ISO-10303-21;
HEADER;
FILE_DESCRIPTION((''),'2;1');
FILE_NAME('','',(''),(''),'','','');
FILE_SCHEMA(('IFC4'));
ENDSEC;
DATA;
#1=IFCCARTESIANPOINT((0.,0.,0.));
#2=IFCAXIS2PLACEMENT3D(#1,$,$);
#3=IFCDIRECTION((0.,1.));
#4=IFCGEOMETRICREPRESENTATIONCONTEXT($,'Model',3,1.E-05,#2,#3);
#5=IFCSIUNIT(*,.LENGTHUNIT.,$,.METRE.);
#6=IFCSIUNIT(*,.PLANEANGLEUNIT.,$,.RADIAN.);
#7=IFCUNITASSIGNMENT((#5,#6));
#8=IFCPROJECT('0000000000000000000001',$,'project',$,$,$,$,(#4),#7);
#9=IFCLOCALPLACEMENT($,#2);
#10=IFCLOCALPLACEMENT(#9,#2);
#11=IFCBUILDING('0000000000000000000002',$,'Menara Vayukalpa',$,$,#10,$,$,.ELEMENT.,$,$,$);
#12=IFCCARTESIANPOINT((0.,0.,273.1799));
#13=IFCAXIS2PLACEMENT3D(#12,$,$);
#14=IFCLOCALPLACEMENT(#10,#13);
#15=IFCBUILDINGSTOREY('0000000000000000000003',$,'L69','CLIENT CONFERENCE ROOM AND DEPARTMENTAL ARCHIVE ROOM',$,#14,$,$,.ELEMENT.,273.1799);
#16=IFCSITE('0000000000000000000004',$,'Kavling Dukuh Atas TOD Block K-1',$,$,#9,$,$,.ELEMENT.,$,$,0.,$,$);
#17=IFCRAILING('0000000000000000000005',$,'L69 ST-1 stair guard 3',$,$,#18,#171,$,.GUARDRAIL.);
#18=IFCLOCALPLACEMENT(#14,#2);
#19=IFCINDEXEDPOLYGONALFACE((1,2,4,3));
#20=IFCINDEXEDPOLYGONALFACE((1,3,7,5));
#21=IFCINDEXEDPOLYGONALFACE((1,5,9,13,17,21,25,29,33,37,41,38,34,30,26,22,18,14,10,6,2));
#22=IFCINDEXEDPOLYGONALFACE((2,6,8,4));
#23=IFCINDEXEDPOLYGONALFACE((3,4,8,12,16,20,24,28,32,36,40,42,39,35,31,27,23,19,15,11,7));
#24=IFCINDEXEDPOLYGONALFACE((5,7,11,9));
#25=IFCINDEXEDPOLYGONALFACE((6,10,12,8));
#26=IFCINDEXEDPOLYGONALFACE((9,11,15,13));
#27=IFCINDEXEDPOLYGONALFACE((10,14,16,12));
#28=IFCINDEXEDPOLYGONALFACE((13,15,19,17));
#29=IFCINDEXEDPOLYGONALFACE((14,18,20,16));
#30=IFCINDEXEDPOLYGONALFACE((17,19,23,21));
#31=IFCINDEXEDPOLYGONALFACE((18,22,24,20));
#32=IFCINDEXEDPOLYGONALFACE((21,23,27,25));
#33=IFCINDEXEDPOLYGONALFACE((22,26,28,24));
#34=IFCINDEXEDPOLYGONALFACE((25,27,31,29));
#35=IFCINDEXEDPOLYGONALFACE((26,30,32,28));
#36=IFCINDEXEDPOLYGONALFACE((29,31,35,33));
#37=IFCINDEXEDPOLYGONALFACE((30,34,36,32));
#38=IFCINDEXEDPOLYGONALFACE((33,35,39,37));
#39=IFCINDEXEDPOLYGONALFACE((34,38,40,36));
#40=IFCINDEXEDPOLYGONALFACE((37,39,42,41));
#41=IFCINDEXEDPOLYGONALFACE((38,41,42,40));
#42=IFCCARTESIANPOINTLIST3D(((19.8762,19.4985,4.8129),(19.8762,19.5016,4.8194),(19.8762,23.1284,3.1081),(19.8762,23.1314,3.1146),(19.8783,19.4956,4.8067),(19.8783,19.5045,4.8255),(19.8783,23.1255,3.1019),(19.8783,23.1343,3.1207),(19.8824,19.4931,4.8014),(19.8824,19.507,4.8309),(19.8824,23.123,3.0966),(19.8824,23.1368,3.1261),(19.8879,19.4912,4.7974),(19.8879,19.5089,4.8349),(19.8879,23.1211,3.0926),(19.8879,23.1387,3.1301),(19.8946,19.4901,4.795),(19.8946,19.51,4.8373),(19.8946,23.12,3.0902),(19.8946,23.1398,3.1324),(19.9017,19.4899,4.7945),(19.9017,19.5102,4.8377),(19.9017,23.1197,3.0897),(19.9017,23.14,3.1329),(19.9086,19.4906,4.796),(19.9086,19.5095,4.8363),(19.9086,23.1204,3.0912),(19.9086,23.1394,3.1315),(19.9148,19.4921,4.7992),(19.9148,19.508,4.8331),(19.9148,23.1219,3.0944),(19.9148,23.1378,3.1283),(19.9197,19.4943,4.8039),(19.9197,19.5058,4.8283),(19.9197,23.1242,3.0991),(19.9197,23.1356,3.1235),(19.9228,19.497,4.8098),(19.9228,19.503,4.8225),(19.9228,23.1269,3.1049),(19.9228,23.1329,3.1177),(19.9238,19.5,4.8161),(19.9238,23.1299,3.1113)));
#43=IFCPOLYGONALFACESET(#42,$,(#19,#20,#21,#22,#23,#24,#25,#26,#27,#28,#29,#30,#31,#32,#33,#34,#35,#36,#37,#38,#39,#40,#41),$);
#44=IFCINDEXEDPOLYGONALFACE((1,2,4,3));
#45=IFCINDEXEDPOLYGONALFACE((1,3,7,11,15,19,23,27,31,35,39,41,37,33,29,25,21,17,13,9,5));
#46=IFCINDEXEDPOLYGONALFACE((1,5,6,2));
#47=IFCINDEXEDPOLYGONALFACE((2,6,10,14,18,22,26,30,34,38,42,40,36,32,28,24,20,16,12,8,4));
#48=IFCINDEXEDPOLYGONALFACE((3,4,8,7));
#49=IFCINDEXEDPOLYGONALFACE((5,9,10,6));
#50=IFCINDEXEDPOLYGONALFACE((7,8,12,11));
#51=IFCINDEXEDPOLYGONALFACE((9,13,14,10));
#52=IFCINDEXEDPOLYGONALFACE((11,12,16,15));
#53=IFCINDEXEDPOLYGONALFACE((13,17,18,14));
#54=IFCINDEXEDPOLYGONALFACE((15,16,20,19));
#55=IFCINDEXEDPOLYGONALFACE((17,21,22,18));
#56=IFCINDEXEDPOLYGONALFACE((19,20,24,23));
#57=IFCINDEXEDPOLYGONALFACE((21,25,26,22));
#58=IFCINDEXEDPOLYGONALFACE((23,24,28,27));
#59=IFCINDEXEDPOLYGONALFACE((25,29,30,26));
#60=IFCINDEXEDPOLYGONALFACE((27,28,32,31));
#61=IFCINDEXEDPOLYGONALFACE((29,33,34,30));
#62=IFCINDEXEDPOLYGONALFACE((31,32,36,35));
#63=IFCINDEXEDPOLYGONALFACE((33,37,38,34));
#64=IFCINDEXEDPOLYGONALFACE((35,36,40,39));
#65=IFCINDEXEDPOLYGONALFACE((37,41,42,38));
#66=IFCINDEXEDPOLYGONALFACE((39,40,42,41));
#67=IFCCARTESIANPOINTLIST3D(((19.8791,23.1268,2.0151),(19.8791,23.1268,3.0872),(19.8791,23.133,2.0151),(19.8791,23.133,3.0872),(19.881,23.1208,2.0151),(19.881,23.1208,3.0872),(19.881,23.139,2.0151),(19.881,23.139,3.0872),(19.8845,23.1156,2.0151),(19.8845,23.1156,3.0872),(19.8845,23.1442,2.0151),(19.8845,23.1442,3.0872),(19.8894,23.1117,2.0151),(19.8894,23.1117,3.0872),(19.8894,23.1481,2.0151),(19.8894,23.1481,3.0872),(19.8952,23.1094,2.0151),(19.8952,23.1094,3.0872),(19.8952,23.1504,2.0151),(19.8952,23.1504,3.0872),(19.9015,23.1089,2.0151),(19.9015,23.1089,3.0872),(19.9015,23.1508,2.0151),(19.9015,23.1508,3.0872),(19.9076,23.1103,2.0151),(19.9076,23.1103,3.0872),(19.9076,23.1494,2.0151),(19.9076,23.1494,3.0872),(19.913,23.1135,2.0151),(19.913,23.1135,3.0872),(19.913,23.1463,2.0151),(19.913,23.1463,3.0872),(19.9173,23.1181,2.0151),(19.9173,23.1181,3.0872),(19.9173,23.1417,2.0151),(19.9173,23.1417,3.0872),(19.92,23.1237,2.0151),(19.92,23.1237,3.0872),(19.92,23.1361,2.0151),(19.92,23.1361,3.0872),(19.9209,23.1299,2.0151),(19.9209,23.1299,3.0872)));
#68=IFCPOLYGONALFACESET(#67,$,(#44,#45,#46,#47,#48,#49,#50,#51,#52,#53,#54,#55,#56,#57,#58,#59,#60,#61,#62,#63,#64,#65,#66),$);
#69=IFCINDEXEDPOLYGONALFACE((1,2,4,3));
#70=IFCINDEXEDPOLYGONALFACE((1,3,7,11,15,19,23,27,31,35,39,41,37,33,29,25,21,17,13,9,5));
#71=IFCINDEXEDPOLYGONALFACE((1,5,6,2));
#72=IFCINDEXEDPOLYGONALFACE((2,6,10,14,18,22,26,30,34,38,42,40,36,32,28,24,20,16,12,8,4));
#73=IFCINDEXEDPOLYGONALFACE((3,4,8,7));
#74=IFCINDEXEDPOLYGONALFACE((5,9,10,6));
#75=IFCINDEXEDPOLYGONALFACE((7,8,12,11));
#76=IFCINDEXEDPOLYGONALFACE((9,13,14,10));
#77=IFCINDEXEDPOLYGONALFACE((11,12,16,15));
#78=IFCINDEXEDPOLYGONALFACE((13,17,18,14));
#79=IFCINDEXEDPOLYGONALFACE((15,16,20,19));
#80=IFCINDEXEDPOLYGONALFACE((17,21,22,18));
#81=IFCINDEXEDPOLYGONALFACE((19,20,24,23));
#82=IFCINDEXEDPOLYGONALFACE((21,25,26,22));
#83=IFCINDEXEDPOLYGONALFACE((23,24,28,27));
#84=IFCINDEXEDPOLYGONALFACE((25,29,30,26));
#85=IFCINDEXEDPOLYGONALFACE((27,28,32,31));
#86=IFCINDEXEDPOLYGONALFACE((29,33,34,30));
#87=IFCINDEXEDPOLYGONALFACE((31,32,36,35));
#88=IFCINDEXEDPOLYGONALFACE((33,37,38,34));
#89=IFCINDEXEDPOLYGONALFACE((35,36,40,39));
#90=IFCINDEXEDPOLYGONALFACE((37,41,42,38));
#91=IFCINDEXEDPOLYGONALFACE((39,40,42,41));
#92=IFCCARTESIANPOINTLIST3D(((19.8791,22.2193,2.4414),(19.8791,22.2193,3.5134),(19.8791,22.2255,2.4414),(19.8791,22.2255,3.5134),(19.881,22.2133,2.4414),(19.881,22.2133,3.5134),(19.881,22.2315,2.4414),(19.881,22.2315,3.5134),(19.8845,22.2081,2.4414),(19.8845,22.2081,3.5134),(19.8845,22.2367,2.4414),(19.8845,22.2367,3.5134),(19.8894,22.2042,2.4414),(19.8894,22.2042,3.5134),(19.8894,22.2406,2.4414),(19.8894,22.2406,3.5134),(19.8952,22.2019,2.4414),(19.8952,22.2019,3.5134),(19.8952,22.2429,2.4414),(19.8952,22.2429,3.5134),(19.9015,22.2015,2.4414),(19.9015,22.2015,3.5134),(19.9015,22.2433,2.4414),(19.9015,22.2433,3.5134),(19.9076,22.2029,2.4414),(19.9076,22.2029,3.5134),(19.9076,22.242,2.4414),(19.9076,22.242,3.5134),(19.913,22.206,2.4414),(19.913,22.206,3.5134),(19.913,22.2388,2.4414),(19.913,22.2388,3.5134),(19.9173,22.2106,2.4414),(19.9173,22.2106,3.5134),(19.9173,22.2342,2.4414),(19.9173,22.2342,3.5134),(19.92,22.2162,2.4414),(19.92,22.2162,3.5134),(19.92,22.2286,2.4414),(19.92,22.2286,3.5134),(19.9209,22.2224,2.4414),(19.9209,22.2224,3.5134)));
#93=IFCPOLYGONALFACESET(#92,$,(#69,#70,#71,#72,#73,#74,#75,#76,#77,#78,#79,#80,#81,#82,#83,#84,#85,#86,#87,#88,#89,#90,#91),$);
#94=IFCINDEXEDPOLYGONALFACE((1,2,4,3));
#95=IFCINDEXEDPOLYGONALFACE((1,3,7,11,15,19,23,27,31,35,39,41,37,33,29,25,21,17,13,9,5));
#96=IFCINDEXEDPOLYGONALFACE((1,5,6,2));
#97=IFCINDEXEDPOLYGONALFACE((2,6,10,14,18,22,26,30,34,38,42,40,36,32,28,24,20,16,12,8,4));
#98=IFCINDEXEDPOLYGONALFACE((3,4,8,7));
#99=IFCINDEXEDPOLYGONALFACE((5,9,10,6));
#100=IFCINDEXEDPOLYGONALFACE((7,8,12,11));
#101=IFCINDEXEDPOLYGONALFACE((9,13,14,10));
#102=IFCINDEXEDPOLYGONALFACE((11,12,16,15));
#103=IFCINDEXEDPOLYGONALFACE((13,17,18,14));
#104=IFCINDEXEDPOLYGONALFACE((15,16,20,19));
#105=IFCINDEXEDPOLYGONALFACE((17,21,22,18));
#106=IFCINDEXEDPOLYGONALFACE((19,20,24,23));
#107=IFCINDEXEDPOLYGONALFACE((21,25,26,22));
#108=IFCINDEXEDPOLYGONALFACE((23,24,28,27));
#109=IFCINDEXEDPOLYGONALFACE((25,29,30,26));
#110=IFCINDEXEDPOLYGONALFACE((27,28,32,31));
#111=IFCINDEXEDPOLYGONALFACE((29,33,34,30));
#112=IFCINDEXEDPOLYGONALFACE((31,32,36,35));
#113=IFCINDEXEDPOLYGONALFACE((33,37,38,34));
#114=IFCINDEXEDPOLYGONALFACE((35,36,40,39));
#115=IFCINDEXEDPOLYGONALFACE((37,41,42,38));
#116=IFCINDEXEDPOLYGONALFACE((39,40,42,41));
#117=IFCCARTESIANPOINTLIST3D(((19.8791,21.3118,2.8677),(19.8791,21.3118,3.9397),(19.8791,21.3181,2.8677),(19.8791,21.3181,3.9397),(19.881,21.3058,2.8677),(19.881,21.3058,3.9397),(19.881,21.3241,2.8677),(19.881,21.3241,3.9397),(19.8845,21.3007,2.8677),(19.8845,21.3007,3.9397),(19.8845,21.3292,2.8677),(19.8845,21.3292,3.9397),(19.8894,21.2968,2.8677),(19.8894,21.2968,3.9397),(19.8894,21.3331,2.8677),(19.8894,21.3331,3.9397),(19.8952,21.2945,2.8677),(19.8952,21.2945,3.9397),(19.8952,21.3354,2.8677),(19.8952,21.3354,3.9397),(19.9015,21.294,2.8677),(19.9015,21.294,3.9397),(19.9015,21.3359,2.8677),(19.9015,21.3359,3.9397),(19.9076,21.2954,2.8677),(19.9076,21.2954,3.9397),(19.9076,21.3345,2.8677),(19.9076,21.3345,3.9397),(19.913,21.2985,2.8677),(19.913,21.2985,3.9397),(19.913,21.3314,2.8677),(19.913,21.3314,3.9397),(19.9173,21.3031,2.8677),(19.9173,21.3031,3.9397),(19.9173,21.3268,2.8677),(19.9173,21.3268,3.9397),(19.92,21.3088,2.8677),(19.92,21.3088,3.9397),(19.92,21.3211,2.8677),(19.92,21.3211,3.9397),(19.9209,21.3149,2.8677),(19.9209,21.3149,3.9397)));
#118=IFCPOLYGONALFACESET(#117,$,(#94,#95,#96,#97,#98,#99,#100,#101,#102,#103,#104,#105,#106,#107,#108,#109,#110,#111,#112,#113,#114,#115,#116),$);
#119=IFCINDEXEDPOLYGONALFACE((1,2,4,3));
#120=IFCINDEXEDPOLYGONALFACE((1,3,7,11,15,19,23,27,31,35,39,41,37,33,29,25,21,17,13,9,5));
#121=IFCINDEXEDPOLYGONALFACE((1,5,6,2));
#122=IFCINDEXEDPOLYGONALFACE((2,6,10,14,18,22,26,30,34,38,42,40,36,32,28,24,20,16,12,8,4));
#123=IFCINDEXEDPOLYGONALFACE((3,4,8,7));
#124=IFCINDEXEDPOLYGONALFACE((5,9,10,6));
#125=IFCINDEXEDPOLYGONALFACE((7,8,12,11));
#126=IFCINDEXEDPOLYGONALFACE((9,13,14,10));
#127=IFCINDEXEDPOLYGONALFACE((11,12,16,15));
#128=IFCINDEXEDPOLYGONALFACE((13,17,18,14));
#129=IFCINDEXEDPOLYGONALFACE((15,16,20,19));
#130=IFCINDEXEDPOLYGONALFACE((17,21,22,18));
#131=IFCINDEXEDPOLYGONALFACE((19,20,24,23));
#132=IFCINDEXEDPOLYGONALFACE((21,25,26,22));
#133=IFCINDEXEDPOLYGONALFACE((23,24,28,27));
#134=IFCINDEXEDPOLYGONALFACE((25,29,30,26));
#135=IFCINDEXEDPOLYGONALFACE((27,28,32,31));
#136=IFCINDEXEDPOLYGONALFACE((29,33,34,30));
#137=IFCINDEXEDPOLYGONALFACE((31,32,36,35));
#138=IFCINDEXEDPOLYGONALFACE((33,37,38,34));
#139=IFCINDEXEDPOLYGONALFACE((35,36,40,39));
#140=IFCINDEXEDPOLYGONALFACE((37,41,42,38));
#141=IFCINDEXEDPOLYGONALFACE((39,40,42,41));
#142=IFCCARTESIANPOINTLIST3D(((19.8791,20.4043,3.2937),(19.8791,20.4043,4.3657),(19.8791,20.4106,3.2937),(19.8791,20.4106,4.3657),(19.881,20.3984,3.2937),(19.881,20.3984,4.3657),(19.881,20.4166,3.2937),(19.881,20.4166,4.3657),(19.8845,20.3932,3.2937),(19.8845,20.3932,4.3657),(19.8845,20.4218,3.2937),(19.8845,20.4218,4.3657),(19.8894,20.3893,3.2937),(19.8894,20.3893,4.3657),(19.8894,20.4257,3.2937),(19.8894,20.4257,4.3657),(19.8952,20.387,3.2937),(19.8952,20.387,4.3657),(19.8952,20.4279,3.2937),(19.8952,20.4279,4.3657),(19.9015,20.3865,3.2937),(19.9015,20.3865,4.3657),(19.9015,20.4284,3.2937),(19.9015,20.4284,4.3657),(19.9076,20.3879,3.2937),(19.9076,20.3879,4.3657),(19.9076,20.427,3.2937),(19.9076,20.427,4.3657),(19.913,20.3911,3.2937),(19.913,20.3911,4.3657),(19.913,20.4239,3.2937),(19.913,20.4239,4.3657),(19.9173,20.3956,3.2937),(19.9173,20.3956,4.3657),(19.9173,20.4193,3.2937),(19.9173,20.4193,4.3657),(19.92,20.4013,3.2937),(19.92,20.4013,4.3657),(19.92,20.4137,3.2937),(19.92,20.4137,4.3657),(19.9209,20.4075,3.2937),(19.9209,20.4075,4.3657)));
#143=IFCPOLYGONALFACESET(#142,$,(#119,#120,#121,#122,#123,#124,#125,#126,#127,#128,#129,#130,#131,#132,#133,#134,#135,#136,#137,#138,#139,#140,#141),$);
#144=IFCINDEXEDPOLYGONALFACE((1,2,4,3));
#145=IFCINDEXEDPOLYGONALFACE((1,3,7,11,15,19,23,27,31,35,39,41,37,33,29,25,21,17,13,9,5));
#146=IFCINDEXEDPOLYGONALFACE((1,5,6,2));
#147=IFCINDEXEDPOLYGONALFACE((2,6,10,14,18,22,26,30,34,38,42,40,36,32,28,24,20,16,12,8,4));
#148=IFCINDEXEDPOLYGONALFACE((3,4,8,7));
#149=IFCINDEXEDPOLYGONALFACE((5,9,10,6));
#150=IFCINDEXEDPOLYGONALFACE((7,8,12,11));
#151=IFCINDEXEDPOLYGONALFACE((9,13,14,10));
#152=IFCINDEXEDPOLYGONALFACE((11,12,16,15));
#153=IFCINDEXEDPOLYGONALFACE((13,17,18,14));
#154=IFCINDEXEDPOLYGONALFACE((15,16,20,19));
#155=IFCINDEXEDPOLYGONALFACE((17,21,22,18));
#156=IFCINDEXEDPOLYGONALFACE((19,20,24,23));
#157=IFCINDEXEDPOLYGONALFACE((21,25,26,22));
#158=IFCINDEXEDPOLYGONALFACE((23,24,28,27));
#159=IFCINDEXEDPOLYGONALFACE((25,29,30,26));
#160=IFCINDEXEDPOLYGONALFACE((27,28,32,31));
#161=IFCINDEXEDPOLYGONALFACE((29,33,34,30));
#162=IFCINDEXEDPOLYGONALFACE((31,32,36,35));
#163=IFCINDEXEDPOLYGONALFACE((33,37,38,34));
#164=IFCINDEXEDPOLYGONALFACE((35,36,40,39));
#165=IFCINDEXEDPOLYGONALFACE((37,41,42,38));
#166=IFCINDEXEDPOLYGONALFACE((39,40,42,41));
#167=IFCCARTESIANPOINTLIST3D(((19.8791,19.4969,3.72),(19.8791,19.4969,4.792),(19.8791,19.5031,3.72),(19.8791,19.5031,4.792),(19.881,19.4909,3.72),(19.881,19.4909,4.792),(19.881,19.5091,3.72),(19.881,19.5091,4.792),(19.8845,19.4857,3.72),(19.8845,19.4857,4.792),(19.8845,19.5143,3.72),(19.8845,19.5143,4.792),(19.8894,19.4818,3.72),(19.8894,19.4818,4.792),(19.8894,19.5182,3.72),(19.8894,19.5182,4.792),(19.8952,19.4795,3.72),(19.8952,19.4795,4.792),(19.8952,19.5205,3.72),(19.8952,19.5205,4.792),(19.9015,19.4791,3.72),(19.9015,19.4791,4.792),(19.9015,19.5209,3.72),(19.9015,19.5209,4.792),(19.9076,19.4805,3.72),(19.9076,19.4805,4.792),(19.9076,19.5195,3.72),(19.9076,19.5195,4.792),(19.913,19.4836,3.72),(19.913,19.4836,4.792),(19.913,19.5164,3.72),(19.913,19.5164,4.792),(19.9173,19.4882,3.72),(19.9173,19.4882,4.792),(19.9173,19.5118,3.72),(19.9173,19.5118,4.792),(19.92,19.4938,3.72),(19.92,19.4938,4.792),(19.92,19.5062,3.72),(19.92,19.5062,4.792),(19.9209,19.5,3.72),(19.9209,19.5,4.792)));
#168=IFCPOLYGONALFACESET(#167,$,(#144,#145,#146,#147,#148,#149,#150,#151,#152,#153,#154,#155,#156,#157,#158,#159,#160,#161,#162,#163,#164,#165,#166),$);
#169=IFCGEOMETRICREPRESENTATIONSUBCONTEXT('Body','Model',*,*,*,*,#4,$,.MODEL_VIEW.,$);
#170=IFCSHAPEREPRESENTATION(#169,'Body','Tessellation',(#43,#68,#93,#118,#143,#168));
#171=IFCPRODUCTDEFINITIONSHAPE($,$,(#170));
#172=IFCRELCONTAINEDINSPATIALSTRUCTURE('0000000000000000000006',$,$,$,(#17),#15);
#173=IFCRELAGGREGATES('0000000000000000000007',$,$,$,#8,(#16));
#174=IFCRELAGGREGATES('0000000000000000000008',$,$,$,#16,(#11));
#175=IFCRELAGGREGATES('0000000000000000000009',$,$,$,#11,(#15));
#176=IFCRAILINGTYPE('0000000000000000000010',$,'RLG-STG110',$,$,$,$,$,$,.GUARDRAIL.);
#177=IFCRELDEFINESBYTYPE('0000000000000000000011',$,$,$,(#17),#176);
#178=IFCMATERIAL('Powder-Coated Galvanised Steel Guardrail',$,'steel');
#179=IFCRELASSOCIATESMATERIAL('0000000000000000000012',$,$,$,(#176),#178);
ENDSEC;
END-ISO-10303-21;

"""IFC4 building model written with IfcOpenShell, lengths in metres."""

from ifc_helpers import new_model, si_unit, direction, frame, origin, origin_2d, place, context, subcontext, project, spatial, circle, extrude, material, type_object, element, save


model = new_model("IFC4")

# Units and contexts
model_context = context("Model", 3, precision=1e-05, world=origin(), true_north=direction((0.0, 1.0)))
body_context = subcontext(model_context, "Body", "Model", "MODEL_VIEW")
ifc_project = project(units=[si_unit("LENGTHUNIT", "METRE"), si_unit("PLANEANGLEUNIT", "RADIAN")], contexts=[model_context])

# Site, building, storey
site_placement = place(None, origin())
site = spatial("IfcSite", under=ifc_project, at=site_placement, Name="Kavling Dukuh Atas TOD Block K-1", CompositionType="ELEMENT", RefElevation=0.0)
building_placement = place(site_placement, origin())
building = spatial("IfcBuilding", under=site, at=building_placement, Name="Menara Vayukalpa", CompositionType="ELEMENT")
storey_placement = place(building_placement, frame((0.0, 0.0, 273.1799)))
storey = spatial("IfcBuildingStorey", under=building, at=storey_placement, Name="L69", Description="CLIENT CONFERENCE ROOM AND DEPARTMENTAL ARCHIVE ROOM", CompositionType="ELEMENT", Elevation=273.1799)

# Railing
ifc_material_1 = material(Name="Powder-Coated Galvanised Steel Guardrail", Category="steel")
railing_type_1 = type_object("IfcRailingType", Name="RLG-STG110", PredefinedType="GUARDRAIL", material=ifc_material_1)
railing_1_placement = place(storey_placement, frame((19.8999, 23.1299, 2.0151)))
element("IfcRailing", 1, at=railing_1_placement, inside=storey, type_object=railing_type_1, Name="L69 ST-1 stair guard 3", PredefinedType="GUARDRAIL", context=body_context, shape_type="SweptSolid", body=[
    extrude(circle(Radius=0.0239, at=origin_2d()), frame((0.0, 0.0, 1.0962), z_axis=(0.0, -0.90514, 0.425114), x_axis=(1.0, 0.0, 0.0)), (0.0, 0.0, 1.0), 4.0103),
    extrude(circle(Radius=0.021, at=origin_2d()), origin(), (0.0, 0.0, 1.0), 1.072),
    extrude(circle(Radius=0.021, at=origin_2d()), frame((0.0, -0.9075, 0.4263)), (0.0, 0.0, 1.0), 1.072),
    extrude(circle(Radius=0.021, at=origin_2d()), frame((0.0, -1.8149, 0.8525)), (0.0, 0.0, 1.0), 1.072),
    extrude(circle(Radius=0.021, at=origin_2d()), frame((0.0, -2.7224, 1.2786)), (0.0, 0.0, 1.0), 1.072),
    extrude(circle(Radius=0.021, at=origin_2d()), frame((0.0, -3.6299, 1.7048)), (0.0, 0.0, 1.0), 1.072),
])

save(model, "model.ifc")
